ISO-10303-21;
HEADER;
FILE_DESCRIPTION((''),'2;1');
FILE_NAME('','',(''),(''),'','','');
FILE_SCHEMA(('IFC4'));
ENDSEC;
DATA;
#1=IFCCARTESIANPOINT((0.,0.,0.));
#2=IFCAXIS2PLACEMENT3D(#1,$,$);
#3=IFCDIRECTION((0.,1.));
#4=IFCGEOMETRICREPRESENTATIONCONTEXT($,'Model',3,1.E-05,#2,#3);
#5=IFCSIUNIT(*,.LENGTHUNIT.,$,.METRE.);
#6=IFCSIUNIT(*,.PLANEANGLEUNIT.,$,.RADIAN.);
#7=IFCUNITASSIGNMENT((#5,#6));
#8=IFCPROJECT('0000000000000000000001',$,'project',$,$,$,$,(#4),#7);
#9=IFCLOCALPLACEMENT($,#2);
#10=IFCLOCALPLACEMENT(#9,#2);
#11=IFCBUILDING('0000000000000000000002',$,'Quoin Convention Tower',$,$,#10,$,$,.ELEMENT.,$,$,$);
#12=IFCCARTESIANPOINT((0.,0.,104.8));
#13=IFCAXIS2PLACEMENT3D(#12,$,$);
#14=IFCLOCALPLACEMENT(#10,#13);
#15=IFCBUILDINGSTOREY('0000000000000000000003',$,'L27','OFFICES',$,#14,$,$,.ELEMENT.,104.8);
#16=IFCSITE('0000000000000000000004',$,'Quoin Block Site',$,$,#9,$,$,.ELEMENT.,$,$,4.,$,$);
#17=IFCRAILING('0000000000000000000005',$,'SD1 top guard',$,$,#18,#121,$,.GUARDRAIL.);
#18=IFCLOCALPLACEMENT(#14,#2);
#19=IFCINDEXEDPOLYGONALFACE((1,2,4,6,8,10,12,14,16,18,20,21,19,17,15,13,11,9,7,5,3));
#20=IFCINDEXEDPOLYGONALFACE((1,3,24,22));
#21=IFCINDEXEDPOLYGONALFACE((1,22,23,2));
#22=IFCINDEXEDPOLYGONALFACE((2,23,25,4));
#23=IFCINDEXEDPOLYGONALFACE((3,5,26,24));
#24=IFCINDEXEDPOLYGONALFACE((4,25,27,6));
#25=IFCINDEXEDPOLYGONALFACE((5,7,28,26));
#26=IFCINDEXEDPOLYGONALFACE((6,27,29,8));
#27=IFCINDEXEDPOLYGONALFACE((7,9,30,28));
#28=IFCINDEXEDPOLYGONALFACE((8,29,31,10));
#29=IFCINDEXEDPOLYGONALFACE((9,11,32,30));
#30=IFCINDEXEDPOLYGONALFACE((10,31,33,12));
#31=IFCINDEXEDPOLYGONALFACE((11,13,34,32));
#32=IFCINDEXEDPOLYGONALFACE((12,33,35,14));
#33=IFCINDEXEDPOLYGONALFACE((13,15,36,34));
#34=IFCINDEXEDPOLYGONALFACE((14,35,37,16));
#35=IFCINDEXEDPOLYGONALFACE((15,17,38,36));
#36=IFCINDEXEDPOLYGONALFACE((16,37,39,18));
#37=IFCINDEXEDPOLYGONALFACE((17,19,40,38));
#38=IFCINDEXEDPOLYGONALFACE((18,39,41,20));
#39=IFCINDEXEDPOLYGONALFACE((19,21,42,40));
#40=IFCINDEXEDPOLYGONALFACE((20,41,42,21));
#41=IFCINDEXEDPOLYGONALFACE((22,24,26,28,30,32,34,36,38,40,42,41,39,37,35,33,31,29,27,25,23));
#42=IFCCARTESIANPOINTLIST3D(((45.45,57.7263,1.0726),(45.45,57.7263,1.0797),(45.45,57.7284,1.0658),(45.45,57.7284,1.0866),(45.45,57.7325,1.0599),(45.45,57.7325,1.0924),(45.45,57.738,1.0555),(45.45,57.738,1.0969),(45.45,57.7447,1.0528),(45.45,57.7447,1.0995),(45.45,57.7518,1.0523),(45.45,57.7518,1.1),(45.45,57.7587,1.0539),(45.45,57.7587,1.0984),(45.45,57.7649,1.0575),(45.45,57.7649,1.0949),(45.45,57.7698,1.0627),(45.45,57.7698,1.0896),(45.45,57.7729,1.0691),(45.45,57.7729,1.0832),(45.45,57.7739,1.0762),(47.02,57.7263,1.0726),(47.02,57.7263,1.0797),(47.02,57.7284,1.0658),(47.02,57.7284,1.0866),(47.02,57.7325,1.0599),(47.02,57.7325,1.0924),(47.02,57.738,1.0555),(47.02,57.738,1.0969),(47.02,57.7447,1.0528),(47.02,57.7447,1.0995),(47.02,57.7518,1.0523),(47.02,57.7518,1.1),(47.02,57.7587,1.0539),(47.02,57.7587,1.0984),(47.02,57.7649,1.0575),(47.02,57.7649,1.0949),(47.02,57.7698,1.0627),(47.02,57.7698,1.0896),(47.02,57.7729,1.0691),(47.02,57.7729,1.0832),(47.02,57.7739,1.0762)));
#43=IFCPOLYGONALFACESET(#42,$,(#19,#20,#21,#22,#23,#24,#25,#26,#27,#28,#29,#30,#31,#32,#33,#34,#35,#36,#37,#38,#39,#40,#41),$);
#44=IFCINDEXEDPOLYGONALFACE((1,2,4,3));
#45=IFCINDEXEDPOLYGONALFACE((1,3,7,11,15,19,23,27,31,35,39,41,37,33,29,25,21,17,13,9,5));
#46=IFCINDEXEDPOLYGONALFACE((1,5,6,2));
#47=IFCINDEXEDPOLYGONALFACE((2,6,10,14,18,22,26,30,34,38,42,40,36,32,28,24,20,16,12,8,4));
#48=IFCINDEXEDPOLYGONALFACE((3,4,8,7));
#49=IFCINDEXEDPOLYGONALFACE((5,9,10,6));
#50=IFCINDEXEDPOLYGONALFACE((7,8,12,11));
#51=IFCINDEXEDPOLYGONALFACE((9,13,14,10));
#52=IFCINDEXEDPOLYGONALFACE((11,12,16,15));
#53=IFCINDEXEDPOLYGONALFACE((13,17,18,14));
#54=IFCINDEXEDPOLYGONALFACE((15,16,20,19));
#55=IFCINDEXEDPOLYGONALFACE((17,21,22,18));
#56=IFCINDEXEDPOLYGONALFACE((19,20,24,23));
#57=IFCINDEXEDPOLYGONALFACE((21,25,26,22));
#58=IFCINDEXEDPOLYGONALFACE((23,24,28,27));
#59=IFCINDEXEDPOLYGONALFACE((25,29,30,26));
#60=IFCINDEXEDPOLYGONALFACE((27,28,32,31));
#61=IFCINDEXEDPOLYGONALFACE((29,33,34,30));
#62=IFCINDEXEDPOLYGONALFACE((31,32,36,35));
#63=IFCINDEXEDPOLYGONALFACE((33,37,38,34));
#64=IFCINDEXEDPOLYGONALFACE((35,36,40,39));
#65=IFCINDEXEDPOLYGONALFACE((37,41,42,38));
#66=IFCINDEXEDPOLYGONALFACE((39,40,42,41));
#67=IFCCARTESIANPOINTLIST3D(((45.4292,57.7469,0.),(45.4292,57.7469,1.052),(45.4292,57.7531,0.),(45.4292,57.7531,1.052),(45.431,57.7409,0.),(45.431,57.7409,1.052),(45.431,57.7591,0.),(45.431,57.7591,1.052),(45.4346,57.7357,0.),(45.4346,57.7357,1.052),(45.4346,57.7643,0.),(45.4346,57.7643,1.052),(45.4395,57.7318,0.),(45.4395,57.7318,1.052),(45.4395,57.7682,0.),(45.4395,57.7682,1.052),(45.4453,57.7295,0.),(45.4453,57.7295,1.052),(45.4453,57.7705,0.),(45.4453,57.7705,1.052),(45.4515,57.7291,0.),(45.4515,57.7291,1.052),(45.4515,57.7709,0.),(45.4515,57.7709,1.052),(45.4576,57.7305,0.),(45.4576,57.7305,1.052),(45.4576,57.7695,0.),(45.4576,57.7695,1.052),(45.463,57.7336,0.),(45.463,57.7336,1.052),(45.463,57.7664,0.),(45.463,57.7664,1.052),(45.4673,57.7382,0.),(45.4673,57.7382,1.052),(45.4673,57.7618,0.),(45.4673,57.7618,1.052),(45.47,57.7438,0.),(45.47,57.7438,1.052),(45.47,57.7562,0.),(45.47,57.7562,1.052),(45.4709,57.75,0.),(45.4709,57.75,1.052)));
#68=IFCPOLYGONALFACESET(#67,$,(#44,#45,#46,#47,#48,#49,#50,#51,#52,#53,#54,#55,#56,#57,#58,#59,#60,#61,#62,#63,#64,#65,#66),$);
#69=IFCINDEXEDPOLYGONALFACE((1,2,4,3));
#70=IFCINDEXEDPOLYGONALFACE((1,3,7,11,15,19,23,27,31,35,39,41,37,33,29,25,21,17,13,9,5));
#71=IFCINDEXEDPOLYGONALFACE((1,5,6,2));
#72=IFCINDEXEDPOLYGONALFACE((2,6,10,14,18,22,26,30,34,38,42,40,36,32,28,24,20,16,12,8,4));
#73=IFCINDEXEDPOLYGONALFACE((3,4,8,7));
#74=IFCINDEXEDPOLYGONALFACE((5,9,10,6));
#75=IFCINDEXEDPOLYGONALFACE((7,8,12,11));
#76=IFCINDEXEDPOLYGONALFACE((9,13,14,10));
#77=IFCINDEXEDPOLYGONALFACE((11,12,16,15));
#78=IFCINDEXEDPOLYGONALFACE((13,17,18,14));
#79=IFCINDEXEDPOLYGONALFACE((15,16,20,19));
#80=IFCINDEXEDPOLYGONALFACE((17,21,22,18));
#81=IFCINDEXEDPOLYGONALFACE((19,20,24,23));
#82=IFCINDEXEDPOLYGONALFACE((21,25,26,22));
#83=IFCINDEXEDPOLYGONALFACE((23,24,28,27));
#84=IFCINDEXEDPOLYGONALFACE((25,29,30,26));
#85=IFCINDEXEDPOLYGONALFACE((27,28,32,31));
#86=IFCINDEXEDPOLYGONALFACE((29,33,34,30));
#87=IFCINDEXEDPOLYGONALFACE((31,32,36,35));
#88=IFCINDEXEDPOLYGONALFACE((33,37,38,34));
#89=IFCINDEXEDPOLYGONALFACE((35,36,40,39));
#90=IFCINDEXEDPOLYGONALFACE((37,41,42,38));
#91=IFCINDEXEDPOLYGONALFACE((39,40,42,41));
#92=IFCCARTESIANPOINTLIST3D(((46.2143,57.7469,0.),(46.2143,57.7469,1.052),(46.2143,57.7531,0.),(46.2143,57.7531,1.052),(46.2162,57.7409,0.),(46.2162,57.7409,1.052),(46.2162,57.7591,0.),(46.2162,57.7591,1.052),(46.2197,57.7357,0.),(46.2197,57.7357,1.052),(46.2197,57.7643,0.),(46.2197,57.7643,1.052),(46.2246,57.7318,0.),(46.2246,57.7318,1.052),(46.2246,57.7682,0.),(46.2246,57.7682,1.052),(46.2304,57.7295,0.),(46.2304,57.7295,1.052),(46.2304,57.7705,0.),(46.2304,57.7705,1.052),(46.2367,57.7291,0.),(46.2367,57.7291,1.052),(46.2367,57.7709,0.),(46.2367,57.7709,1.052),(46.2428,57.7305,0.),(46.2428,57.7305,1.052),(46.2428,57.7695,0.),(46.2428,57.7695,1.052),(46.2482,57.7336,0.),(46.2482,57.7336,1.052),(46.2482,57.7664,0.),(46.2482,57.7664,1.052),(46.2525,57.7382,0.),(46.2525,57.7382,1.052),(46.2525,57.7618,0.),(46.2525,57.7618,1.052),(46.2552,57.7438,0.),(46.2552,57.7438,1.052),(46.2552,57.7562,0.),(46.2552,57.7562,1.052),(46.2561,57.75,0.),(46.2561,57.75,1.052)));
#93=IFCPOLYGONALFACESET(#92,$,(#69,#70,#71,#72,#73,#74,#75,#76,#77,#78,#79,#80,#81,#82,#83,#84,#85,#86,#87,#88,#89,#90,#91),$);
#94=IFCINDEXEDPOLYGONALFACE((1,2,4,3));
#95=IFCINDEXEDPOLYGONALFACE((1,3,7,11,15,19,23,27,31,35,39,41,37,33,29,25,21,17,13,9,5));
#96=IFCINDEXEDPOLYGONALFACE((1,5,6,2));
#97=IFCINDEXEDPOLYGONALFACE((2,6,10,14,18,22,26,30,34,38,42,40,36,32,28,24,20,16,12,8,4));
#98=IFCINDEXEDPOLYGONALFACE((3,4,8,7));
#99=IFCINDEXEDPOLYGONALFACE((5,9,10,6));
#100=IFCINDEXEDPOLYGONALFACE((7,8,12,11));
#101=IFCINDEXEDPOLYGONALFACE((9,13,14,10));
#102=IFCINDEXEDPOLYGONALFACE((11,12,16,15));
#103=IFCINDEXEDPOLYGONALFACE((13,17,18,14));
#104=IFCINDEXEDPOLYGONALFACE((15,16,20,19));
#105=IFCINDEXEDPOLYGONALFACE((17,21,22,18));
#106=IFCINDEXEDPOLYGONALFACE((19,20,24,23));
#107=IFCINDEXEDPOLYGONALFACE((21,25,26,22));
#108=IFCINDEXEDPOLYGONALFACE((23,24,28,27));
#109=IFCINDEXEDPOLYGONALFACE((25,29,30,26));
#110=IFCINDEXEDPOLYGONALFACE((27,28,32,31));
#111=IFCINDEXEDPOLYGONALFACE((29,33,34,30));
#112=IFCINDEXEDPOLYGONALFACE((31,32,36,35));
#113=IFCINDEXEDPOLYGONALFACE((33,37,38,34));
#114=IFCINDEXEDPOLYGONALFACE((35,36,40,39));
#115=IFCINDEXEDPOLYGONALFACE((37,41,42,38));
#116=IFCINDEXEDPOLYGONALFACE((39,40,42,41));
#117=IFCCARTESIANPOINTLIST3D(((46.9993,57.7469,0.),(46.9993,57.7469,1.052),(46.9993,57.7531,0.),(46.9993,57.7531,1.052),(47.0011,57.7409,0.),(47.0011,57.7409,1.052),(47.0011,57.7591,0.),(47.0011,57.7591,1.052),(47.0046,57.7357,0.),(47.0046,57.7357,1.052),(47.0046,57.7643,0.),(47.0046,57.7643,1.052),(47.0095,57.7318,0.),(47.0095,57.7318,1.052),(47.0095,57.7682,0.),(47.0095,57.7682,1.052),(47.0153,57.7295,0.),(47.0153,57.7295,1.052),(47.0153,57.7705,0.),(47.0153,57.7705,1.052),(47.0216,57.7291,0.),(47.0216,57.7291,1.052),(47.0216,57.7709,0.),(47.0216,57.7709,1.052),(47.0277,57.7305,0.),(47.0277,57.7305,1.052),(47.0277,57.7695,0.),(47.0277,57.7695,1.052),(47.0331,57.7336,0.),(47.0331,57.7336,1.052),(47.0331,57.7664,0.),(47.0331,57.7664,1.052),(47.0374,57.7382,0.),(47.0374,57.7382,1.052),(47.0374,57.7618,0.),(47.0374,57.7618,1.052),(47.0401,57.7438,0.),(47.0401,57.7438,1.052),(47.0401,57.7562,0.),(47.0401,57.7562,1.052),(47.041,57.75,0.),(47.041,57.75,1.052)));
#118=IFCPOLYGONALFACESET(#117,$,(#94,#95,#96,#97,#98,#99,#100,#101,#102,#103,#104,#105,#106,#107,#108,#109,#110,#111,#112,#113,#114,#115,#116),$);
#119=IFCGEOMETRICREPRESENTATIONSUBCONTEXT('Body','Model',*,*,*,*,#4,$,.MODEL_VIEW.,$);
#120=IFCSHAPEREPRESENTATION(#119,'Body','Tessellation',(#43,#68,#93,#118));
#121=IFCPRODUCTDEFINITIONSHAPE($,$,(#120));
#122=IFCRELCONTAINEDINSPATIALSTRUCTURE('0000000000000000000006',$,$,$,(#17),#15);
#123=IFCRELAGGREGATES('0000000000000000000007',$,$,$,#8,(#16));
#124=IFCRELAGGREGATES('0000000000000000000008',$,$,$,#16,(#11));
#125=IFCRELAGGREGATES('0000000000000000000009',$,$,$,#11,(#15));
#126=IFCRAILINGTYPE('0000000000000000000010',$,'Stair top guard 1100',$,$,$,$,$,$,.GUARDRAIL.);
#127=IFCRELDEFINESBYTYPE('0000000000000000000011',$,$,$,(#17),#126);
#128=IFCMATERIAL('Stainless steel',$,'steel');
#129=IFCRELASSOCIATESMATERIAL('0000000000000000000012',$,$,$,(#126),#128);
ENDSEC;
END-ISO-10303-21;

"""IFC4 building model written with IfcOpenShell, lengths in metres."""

from ifc_helpers import new_model, si_unit, direction, frame, origin, origin_2d, place, context, subcontext, project, spatial, circle, extrude, material, type_object, element, save


model = new_model("IFC4")

# Units and contexts
model_context = context("Model", 3, precision=1e-05, world=origin(), true_north=direction((0.0, 1.0)))
body_context = subcontext(model_context, "Body", "Model", "MODEL_VIEW")
ifc_project = project(units=[si_unit("LENGTHUNIT", "METRE"), si_unit("PLANEANGLEUNIT", "RADIAN")], contexts=[model_context])

# Site, building, storey
site_placement = place(None, origin())
site = spatial("IfcSite", under=ifc_project, at=site_placement, Name="Quoin Block Site", CompositionType="ELEMENT", RefElevation=4.0)
building_placement = place(site_placement, origin())
building = spatial("IfcBuilding", under=site, at=building_placement, Name="Quoin Convention Tower", CompositionType="ELEMENT")
storey_placement = place(building_placement, frame((0.0, 0.0, 104.8)))
storey = spatial("IfcBuildingStorey", under=building, at=storey_placement, Name="L27", Description="OFFICES", CompositionType="ELEMENT", Elevation=104.8)

# Railing
ifc_material_1 = material(Name="Stainless steel", Category="steel")
railing_type = type_object("IfcRailingType", Name="Stair top guard 1100", PredefinedType="GUARDRAIL", material=ifc_material_1)
railing_placement = place(storey_placement, frame((45.45, 57.75, 0.0)))
element("IfcRailing", 1, at=railing_placement, inside=storey, type_object=railing_type, Name="SD1 top guard", PredefinedType="GUARDRAIL", context=body_context, shape_type="SweptSolid", body=[
    extrude(circle(Radius=0.0239, at=origin_2d()), frame((0.0, 0.0, 1.0762), z_axis=(1.0, 0.0, 0.0), x_axis=(0.0, 1.0, 0.0)), (0.0, 0.0, 1.0), 1.5701),
    extrude(circle(Radius=0.021, at=origin_2d()), origin(), (0.0, 0.0, 1.0), 1.052),
    extrude(circle(Radius=0.021, at=origin_2d()), frame((0.7852, 0.0, 0.0)), (0.0, 0.0, 1.0), 1.052),
    extrude(circle(Radius=0.021, at=origin_2d()), frame((1.5701, 0.0, 0.0)), (0.0, 0.0, 1.0), 1.052),
])

save(model, "model.ifc")
